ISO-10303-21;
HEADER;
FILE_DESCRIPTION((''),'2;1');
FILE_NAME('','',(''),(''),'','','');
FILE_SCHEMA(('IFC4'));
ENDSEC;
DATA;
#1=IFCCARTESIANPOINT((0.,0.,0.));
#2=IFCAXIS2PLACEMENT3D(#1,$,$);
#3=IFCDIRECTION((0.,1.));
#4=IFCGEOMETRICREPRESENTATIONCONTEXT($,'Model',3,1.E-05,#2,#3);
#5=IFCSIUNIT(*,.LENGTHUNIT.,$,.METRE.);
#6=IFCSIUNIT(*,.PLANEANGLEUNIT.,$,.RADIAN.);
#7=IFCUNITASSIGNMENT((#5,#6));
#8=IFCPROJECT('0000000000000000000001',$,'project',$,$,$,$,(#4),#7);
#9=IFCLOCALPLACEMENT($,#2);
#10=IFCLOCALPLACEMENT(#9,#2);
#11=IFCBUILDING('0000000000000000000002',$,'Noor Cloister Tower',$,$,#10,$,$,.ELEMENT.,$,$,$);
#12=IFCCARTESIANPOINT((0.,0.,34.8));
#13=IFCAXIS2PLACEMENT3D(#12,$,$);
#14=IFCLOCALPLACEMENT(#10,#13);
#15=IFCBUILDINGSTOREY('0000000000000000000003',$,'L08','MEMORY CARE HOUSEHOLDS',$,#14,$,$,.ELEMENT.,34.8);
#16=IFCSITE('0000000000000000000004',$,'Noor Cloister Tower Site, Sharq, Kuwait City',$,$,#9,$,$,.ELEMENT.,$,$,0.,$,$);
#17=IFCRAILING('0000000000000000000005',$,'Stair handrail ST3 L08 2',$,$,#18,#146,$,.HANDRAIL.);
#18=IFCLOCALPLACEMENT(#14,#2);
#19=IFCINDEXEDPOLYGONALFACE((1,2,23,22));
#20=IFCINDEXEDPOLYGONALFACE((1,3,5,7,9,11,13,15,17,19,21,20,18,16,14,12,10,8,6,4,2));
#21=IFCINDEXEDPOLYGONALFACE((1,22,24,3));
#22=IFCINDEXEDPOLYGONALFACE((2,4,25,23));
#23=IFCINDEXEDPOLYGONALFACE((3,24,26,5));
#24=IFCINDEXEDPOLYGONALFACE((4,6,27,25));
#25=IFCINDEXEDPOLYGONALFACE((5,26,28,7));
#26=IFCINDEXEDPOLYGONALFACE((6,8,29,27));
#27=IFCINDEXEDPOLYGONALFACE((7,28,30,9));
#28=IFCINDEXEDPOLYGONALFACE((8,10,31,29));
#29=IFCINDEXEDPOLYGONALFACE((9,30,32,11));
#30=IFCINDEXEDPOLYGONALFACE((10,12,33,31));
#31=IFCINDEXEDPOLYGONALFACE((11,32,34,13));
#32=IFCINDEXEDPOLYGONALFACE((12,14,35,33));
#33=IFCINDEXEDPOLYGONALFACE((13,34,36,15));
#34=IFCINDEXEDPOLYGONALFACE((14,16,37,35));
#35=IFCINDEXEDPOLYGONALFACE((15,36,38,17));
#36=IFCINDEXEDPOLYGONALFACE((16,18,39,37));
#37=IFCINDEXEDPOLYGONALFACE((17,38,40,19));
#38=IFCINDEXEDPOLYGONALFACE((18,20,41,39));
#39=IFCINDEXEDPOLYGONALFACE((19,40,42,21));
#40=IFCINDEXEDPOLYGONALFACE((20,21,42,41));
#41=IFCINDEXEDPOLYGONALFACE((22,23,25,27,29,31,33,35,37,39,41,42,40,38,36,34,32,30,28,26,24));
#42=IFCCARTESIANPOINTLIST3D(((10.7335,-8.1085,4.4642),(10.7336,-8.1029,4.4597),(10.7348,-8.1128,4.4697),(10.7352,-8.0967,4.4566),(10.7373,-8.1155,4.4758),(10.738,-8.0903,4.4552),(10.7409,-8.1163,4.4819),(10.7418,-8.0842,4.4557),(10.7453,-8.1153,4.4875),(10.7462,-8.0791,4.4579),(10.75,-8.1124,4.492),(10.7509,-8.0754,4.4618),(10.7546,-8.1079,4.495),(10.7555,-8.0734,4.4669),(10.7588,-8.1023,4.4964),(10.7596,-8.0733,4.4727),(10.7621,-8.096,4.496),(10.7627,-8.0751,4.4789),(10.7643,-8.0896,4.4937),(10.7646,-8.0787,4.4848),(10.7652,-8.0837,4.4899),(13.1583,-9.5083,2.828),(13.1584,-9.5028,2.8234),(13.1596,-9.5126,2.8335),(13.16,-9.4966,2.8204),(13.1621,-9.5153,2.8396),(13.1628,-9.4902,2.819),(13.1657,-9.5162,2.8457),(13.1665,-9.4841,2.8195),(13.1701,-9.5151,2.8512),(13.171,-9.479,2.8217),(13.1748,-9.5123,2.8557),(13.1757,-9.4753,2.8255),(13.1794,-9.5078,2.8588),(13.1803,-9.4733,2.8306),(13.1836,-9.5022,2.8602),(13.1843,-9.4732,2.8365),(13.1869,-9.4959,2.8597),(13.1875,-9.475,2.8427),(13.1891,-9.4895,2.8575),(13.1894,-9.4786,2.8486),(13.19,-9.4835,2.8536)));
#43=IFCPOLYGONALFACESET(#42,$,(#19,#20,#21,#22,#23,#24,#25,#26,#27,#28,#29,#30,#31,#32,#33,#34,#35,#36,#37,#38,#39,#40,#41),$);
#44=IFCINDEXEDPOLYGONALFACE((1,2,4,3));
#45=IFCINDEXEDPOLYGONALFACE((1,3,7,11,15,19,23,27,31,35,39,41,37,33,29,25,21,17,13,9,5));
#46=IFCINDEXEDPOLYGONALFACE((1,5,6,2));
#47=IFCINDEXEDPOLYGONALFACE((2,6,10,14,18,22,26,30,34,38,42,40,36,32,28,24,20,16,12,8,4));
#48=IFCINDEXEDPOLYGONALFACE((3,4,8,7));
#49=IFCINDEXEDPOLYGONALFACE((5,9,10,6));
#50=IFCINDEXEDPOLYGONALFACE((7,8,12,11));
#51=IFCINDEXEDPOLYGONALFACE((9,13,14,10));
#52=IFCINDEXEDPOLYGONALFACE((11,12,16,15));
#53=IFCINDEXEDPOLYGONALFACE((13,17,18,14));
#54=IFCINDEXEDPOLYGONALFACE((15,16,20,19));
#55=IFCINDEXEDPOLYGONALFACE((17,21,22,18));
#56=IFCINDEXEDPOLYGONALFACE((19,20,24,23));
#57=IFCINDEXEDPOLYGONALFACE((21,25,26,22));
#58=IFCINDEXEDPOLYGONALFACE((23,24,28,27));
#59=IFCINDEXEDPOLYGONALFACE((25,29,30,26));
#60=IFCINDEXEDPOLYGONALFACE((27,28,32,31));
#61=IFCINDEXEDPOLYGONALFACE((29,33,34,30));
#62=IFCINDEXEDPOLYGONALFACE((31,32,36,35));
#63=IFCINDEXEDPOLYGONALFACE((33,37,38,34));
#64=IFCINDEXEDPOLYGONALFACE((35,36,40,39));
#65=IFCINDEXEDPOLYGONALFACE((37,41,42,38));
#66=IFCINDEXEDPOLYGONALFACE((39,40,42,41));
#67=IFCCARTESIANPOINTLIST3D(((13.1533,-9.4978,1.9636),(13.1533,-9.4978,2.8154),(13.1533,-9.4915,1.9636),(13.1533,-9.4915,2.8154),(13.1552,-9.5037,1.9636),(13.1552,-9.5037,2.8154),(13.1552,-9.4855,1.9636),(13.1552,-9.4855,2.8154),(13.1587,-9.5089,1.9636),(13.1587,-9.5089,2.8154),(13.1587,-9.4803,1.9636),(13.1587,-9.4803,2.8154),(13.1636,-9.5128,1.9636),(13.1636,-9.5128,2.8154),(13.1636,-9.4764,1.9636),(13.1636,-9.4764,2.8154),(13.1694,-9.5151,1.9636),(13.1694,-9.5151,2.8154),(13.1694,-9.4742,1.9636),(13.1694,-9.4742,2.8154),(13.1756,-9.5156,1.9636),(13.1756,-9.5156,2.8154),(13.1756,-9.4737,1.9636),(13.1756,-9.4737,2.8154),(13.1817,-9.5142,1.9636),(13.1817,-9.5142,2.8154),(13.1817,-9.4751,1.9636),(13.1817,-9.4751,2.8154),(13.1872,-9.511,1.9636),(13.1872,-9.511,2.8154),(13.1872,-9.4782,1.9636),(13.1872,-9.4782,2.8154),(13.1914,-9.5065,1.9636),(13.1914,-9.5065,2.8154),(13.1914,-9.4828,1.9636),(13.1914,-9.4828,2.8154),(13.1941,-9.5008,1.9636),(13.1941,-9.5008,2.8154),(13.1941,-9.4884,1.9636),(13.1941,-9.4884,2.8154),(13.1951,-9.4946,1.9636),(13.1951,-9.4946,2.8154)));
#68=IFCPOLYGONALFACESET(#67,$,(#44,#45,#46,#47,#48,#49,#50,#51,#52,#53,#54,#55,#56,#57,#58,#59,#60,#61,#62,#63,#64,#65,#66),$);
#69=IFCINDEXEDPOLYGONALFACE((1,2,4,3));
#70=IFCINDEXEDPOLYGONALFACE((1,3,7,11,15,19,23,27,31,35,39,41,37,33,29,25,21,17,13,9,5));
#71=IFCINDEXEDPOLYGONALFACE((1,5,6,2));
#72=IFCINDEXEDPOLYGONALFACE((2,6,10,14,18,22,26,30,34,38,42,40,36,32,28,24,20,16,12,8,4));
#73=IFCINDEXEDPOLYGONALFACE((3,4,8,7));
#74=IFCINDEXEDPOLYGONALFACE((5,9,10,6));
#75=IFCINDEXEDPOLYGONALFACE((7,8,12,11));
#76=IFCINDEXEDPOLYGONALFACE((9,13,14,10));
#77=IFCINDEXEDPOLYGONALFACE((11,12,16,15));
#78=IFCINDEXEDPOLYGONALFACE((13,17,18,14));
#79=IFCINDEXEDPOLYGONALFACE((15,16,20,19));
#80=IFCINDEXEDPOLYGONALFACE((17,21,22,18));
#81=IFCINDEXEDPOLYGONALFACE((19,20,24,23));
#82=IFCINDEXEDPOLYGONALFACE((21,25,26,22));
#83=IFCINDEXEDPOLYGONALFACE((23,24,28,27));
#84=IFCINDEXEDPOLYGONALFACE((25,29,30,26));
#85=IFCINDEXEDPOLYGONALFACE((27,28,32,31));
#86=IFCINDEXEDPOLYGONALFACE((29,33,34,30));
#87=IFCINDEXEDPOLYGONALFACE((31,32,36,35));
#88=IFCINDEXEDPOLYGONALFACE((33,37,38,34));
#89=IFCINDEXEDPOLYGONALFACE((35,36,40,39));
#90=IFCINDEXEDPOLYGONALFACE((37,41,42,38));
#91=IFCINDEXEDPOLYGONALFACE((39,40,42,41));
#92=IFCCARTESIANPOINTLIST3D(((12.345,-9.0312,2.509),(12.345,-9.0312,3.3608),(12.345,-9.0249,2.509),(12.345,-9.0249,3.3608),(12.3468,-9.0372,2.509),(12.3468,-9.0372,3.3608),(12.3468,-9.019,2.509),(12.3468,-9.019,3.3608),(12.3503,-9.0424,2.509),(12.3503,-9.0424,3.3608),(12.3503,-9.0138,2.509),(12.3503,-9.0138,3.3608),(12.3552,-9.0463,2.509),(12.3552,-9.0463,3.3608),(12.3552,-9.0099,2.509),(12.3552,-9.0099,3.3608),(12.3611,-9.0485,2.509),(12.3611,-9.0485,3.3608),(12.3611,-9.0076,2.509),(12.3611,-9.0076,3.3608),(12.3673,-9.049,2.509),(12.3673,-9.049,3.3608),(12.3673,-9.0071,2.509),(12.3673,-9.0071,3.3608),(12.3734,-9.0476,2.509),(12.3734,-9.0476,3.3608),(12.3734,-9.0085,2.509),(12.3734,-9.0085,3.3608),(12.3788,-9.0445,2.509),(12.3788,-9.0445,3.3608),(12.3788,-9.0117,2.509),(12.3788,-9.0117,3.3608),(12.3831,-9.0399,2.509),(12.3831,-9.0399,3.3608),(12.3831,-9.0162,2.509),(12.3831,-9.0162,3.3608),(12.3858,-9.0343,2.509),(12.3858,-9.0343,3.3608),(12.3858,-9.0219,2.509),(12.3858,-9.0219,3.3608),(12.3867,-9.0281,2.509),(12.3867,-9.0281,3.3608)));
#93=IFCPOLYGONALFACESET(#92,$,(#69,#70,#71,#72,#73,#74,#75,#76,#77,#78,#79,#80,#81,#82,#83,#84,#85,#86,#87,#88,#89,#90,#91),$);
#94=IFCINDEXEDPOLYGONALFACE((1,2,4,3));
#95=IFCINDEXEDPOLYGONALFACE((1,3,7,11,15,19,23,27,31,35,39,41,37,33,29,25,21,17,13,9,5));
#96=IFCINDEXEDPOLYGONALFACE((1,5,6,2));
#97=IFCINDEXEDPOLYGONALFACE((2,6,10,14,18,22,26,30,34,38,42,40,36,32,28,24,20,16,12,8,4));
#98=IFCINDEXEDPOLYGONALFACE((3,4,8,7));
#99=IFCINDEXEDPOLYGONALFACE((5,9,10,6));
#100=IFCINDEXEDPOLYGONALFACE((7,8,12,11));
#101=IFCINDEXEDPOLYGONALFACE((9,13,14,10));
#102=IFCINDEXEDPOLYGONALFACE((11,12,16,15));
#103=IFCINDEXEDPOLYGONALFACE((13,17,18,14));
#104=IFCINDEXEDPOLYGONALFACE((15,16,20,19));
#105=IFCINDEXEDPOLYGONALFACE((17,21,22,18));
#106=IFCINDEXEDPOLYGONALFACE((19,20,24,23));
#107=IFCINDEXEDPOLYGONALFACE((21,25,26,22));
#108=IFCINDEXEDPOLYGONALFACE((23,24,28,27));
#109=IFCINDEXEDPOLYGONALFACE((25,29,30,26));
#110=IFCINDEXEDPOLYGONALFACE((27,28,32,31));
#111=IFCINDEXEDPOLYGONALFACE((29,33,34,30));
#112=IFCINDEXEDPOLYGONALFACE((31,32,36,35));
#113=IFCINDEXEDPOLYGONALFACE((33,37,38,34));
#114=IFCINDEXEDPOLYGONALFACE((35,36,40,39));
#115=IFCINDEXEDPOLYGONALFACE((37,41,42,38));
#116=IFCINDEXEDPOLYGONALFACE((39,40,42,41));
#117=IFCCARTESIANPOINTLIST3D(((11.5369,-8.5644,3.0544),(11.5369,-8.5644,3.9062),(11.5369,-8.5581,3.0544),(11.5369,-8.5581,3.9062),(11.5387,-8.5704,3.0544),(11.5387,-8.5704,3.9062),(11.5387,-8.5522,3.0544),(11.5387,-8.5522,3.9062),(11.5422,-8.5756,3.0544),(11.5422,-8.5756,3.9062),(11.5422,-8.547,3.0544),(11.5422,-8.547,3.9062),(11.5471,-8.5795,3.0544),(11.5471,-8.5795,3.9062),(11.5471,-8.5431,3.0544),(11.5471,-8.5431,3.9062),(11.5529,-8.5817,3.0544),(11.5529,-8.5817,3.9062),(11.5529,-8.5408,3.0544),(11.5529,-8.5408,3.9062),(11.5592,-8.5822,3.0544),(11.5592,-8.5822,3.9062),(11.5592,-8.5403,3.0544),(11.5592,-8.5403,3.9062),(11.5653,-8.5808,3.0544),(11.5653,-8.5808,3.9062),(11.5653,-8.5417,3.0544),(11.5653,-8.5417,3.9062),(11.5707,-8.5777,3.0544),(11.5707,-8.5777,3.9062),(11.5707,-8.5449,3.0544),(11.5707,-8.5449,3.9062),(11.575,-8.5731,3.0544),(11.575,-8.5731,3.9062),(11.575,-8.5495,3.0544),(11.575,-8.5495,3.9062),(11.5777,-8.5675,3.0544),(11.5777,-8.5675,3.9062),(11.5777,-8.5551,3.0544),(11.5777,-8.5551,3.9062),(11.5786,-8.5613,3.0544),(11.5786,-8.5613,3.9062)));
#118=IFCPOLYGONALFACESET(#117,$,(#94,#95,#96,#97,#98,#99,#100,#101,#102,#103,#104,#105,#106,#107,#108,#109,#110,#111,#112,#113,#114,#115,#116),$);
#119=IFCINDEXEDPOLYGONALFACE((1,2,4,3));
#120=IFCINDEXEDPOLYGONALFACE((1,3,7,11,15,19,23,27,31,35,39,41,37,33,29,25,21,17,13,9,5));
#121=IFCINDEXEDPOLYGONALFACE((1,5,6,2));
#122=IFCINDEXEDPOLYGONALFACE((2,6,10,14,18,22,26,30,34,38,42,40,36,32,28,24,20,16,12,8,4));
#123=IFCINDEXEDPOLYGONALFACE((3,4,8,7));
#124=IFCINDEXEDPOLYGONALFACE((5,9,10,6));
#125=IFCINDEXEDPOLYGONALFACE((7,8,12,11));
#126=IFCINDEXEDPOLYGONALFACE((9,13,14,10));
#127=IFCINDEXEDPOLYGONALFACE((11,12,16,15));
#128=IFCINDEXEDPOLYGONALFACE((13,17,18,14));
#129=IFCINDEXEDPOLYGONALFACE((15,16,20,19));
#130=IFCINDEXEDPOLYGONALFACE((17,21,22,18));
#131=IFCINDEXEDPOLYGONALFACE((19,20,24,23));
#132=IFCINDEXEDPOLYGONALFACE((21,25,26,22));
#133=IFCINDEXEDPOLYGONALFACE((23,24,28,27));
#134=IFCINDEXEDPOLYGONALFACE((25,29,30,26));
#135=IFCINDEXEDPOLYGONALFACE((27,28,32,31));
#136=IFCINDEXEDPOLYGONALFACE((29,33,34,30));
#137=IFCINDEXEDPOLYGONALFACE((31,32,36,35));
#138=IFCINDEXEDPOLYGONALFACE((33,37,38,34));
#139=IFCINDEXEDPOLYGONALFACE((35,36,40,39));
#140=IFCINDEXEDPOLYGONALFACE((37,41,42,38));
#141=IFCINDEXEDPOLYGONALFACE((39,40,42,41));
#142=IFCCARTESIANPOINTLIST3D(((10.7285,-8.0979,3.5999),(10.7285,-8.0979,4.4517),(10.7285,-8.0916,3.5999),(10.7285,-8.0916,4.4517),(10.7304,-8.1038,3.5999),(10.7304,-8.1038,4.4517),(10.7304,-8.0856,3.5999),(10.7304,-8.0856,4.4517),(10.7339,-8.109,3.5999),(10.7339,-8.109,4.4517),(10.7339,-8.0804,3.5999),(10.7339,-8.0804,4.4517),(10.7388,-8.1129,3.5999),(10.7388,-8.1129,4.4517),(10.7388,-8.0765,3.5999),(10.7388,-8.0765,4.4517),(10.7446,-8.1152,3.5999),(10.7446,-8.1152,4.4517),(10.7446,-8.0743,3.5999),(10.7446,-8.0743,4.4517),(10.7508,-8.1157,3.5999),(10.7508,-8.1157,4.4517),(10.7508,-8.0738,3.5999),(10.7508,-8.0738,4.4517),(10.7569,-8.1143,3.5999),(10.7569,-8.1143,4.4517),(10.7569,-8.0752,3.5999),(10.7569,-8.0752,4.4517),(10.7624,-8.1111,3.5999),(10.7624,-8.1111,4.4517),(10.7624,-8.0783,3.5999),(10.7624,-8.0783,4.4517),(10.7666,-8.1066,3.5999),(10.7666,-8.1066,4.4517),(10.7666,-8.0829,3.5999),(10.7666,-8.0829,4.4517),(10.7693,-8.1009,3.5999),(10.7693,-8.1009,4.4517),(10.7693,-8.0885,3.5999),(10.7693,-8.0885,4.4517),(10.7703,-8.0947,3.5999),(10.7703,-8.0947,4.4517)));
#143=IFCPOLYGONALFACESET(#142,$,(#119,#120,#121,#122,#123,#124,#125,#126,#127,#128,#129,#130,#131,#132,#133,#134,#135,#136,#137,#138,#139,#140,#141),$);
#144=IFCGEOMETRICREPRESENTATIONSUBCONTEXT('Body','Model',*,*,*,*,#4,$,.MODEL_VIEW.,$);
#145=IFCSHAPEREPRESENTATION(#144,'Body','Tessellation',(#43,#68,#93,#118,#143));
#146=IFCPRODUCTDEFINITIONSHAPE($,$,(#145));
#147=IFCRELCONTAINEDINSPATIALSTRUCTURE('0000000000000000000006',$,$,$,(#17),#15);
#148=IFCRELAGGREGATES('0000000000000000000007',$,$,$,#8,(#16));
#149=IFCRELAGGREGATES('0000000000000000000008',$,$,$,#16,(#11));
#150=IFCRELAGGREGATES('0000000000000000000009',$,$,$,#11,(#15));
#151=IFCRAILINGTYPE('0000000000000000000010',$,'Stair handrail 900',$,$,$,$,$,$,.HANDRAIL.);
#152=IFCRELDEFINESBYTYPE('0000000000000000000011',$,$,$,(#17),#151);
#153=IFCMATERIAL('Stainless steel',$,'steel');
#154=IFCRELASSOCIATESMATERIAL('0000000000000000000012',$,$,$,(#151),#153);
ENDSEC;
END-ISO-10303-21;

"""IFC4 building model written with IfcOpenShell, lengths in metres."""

from ifc_helpers import new_model, si_unit, direction, frame, origin, origin_2d, place, context, subcontext, project, spatial, circle, extrude, material, type_object, element, save


model = new_model("IFC4")

# Units and contexts
model_context = context("Model", 3, precision=1e-05, world=origin(), true_north=direction((0.0, 1.0)))
body_context = subcontext(model_context, "Body", "Model", "MODEL_VIEW")
ifc_project = project(units=[si_unit("LENGTHUNIT", "METRE"), si_unit("PLANEANGLEUNIT", "RADIAN")], contexts=[model_context])

# Site, building, storey
site_placement = place(None, origin())
site = spatial("IfcSite", under=ifc_project, at=site_placement, Name="Noor Cloister Tower Site, Sharq, Kuwait City", CompositionType="ELEMENT", RefElevation=0.0)
building_placement = place(site_placement, origin())
building = spatial("IfcBuilding", under=site, at=building_placement, Name="Noor Cloister Tower", CompositionType="ELEMENT")
storey_placement = place(building_placement, frame((0.0, 0.0, 34.8)))
storey = spatial("IfcBuildingStorey", under=building, at=storey_placement, Name="L08", Description="MEMORY CARE HOUSEHOLDS", CompositionType="ELEMENT", Elevation=34.8)

# Railing
ifc_material_1 = material(Name="Stainless steel", Category="steel")
railing_type = type_object("IfcRailingType", Name="Stair handrail 900", PredefinedType="HANDRAIL", material=ifc_material_1)
railing_placement = place(storey_placement, frame((13.1741, -9.4946, 1.9636)))
element("IfcRailing", 1, at=railing_placement, inside=storey, type_object=railing_type, Name="Stair handrail ST3 L08 2", PredefinedType="HANDRAIL", context=body_context, shape_type="SweptSolid", body=[
    extrude(circle(Radius=0.0239, at=origin_2d()), frame((0.0, 0.0, 0.876), z_axis=(-0.747718, 0.431677, 0.504552), x_axis=(-0.499984, -0.866035, 0.0)), (0.0, 0.0, 1.0), 3.2429),
    extrude(circle(Radius=0.021, at=origin_2d()), origin(), (0.0, 0.0, 1.0), 0.8518),
    extrude(circle(Radius=0.021, at=origin_2d()), frame((-0.8083, 0.4666, 0.5454)), (0.0, 0.0, 1.0), 0.8518),
    extrude(circle(Radius=0.021, at=origin_2d()), frame((-1.6165, 0.9333, 1.0908)), (0.0, 0.0, 1.0), 0.8518),
    extrude(circle(Radius=0.021, at=origin_2d()), frame((-2.4248, 1.3999, 1.6362)), (0.0, 0.0, 1.0), 0.8518),
])

save(model, "model.ifc")
